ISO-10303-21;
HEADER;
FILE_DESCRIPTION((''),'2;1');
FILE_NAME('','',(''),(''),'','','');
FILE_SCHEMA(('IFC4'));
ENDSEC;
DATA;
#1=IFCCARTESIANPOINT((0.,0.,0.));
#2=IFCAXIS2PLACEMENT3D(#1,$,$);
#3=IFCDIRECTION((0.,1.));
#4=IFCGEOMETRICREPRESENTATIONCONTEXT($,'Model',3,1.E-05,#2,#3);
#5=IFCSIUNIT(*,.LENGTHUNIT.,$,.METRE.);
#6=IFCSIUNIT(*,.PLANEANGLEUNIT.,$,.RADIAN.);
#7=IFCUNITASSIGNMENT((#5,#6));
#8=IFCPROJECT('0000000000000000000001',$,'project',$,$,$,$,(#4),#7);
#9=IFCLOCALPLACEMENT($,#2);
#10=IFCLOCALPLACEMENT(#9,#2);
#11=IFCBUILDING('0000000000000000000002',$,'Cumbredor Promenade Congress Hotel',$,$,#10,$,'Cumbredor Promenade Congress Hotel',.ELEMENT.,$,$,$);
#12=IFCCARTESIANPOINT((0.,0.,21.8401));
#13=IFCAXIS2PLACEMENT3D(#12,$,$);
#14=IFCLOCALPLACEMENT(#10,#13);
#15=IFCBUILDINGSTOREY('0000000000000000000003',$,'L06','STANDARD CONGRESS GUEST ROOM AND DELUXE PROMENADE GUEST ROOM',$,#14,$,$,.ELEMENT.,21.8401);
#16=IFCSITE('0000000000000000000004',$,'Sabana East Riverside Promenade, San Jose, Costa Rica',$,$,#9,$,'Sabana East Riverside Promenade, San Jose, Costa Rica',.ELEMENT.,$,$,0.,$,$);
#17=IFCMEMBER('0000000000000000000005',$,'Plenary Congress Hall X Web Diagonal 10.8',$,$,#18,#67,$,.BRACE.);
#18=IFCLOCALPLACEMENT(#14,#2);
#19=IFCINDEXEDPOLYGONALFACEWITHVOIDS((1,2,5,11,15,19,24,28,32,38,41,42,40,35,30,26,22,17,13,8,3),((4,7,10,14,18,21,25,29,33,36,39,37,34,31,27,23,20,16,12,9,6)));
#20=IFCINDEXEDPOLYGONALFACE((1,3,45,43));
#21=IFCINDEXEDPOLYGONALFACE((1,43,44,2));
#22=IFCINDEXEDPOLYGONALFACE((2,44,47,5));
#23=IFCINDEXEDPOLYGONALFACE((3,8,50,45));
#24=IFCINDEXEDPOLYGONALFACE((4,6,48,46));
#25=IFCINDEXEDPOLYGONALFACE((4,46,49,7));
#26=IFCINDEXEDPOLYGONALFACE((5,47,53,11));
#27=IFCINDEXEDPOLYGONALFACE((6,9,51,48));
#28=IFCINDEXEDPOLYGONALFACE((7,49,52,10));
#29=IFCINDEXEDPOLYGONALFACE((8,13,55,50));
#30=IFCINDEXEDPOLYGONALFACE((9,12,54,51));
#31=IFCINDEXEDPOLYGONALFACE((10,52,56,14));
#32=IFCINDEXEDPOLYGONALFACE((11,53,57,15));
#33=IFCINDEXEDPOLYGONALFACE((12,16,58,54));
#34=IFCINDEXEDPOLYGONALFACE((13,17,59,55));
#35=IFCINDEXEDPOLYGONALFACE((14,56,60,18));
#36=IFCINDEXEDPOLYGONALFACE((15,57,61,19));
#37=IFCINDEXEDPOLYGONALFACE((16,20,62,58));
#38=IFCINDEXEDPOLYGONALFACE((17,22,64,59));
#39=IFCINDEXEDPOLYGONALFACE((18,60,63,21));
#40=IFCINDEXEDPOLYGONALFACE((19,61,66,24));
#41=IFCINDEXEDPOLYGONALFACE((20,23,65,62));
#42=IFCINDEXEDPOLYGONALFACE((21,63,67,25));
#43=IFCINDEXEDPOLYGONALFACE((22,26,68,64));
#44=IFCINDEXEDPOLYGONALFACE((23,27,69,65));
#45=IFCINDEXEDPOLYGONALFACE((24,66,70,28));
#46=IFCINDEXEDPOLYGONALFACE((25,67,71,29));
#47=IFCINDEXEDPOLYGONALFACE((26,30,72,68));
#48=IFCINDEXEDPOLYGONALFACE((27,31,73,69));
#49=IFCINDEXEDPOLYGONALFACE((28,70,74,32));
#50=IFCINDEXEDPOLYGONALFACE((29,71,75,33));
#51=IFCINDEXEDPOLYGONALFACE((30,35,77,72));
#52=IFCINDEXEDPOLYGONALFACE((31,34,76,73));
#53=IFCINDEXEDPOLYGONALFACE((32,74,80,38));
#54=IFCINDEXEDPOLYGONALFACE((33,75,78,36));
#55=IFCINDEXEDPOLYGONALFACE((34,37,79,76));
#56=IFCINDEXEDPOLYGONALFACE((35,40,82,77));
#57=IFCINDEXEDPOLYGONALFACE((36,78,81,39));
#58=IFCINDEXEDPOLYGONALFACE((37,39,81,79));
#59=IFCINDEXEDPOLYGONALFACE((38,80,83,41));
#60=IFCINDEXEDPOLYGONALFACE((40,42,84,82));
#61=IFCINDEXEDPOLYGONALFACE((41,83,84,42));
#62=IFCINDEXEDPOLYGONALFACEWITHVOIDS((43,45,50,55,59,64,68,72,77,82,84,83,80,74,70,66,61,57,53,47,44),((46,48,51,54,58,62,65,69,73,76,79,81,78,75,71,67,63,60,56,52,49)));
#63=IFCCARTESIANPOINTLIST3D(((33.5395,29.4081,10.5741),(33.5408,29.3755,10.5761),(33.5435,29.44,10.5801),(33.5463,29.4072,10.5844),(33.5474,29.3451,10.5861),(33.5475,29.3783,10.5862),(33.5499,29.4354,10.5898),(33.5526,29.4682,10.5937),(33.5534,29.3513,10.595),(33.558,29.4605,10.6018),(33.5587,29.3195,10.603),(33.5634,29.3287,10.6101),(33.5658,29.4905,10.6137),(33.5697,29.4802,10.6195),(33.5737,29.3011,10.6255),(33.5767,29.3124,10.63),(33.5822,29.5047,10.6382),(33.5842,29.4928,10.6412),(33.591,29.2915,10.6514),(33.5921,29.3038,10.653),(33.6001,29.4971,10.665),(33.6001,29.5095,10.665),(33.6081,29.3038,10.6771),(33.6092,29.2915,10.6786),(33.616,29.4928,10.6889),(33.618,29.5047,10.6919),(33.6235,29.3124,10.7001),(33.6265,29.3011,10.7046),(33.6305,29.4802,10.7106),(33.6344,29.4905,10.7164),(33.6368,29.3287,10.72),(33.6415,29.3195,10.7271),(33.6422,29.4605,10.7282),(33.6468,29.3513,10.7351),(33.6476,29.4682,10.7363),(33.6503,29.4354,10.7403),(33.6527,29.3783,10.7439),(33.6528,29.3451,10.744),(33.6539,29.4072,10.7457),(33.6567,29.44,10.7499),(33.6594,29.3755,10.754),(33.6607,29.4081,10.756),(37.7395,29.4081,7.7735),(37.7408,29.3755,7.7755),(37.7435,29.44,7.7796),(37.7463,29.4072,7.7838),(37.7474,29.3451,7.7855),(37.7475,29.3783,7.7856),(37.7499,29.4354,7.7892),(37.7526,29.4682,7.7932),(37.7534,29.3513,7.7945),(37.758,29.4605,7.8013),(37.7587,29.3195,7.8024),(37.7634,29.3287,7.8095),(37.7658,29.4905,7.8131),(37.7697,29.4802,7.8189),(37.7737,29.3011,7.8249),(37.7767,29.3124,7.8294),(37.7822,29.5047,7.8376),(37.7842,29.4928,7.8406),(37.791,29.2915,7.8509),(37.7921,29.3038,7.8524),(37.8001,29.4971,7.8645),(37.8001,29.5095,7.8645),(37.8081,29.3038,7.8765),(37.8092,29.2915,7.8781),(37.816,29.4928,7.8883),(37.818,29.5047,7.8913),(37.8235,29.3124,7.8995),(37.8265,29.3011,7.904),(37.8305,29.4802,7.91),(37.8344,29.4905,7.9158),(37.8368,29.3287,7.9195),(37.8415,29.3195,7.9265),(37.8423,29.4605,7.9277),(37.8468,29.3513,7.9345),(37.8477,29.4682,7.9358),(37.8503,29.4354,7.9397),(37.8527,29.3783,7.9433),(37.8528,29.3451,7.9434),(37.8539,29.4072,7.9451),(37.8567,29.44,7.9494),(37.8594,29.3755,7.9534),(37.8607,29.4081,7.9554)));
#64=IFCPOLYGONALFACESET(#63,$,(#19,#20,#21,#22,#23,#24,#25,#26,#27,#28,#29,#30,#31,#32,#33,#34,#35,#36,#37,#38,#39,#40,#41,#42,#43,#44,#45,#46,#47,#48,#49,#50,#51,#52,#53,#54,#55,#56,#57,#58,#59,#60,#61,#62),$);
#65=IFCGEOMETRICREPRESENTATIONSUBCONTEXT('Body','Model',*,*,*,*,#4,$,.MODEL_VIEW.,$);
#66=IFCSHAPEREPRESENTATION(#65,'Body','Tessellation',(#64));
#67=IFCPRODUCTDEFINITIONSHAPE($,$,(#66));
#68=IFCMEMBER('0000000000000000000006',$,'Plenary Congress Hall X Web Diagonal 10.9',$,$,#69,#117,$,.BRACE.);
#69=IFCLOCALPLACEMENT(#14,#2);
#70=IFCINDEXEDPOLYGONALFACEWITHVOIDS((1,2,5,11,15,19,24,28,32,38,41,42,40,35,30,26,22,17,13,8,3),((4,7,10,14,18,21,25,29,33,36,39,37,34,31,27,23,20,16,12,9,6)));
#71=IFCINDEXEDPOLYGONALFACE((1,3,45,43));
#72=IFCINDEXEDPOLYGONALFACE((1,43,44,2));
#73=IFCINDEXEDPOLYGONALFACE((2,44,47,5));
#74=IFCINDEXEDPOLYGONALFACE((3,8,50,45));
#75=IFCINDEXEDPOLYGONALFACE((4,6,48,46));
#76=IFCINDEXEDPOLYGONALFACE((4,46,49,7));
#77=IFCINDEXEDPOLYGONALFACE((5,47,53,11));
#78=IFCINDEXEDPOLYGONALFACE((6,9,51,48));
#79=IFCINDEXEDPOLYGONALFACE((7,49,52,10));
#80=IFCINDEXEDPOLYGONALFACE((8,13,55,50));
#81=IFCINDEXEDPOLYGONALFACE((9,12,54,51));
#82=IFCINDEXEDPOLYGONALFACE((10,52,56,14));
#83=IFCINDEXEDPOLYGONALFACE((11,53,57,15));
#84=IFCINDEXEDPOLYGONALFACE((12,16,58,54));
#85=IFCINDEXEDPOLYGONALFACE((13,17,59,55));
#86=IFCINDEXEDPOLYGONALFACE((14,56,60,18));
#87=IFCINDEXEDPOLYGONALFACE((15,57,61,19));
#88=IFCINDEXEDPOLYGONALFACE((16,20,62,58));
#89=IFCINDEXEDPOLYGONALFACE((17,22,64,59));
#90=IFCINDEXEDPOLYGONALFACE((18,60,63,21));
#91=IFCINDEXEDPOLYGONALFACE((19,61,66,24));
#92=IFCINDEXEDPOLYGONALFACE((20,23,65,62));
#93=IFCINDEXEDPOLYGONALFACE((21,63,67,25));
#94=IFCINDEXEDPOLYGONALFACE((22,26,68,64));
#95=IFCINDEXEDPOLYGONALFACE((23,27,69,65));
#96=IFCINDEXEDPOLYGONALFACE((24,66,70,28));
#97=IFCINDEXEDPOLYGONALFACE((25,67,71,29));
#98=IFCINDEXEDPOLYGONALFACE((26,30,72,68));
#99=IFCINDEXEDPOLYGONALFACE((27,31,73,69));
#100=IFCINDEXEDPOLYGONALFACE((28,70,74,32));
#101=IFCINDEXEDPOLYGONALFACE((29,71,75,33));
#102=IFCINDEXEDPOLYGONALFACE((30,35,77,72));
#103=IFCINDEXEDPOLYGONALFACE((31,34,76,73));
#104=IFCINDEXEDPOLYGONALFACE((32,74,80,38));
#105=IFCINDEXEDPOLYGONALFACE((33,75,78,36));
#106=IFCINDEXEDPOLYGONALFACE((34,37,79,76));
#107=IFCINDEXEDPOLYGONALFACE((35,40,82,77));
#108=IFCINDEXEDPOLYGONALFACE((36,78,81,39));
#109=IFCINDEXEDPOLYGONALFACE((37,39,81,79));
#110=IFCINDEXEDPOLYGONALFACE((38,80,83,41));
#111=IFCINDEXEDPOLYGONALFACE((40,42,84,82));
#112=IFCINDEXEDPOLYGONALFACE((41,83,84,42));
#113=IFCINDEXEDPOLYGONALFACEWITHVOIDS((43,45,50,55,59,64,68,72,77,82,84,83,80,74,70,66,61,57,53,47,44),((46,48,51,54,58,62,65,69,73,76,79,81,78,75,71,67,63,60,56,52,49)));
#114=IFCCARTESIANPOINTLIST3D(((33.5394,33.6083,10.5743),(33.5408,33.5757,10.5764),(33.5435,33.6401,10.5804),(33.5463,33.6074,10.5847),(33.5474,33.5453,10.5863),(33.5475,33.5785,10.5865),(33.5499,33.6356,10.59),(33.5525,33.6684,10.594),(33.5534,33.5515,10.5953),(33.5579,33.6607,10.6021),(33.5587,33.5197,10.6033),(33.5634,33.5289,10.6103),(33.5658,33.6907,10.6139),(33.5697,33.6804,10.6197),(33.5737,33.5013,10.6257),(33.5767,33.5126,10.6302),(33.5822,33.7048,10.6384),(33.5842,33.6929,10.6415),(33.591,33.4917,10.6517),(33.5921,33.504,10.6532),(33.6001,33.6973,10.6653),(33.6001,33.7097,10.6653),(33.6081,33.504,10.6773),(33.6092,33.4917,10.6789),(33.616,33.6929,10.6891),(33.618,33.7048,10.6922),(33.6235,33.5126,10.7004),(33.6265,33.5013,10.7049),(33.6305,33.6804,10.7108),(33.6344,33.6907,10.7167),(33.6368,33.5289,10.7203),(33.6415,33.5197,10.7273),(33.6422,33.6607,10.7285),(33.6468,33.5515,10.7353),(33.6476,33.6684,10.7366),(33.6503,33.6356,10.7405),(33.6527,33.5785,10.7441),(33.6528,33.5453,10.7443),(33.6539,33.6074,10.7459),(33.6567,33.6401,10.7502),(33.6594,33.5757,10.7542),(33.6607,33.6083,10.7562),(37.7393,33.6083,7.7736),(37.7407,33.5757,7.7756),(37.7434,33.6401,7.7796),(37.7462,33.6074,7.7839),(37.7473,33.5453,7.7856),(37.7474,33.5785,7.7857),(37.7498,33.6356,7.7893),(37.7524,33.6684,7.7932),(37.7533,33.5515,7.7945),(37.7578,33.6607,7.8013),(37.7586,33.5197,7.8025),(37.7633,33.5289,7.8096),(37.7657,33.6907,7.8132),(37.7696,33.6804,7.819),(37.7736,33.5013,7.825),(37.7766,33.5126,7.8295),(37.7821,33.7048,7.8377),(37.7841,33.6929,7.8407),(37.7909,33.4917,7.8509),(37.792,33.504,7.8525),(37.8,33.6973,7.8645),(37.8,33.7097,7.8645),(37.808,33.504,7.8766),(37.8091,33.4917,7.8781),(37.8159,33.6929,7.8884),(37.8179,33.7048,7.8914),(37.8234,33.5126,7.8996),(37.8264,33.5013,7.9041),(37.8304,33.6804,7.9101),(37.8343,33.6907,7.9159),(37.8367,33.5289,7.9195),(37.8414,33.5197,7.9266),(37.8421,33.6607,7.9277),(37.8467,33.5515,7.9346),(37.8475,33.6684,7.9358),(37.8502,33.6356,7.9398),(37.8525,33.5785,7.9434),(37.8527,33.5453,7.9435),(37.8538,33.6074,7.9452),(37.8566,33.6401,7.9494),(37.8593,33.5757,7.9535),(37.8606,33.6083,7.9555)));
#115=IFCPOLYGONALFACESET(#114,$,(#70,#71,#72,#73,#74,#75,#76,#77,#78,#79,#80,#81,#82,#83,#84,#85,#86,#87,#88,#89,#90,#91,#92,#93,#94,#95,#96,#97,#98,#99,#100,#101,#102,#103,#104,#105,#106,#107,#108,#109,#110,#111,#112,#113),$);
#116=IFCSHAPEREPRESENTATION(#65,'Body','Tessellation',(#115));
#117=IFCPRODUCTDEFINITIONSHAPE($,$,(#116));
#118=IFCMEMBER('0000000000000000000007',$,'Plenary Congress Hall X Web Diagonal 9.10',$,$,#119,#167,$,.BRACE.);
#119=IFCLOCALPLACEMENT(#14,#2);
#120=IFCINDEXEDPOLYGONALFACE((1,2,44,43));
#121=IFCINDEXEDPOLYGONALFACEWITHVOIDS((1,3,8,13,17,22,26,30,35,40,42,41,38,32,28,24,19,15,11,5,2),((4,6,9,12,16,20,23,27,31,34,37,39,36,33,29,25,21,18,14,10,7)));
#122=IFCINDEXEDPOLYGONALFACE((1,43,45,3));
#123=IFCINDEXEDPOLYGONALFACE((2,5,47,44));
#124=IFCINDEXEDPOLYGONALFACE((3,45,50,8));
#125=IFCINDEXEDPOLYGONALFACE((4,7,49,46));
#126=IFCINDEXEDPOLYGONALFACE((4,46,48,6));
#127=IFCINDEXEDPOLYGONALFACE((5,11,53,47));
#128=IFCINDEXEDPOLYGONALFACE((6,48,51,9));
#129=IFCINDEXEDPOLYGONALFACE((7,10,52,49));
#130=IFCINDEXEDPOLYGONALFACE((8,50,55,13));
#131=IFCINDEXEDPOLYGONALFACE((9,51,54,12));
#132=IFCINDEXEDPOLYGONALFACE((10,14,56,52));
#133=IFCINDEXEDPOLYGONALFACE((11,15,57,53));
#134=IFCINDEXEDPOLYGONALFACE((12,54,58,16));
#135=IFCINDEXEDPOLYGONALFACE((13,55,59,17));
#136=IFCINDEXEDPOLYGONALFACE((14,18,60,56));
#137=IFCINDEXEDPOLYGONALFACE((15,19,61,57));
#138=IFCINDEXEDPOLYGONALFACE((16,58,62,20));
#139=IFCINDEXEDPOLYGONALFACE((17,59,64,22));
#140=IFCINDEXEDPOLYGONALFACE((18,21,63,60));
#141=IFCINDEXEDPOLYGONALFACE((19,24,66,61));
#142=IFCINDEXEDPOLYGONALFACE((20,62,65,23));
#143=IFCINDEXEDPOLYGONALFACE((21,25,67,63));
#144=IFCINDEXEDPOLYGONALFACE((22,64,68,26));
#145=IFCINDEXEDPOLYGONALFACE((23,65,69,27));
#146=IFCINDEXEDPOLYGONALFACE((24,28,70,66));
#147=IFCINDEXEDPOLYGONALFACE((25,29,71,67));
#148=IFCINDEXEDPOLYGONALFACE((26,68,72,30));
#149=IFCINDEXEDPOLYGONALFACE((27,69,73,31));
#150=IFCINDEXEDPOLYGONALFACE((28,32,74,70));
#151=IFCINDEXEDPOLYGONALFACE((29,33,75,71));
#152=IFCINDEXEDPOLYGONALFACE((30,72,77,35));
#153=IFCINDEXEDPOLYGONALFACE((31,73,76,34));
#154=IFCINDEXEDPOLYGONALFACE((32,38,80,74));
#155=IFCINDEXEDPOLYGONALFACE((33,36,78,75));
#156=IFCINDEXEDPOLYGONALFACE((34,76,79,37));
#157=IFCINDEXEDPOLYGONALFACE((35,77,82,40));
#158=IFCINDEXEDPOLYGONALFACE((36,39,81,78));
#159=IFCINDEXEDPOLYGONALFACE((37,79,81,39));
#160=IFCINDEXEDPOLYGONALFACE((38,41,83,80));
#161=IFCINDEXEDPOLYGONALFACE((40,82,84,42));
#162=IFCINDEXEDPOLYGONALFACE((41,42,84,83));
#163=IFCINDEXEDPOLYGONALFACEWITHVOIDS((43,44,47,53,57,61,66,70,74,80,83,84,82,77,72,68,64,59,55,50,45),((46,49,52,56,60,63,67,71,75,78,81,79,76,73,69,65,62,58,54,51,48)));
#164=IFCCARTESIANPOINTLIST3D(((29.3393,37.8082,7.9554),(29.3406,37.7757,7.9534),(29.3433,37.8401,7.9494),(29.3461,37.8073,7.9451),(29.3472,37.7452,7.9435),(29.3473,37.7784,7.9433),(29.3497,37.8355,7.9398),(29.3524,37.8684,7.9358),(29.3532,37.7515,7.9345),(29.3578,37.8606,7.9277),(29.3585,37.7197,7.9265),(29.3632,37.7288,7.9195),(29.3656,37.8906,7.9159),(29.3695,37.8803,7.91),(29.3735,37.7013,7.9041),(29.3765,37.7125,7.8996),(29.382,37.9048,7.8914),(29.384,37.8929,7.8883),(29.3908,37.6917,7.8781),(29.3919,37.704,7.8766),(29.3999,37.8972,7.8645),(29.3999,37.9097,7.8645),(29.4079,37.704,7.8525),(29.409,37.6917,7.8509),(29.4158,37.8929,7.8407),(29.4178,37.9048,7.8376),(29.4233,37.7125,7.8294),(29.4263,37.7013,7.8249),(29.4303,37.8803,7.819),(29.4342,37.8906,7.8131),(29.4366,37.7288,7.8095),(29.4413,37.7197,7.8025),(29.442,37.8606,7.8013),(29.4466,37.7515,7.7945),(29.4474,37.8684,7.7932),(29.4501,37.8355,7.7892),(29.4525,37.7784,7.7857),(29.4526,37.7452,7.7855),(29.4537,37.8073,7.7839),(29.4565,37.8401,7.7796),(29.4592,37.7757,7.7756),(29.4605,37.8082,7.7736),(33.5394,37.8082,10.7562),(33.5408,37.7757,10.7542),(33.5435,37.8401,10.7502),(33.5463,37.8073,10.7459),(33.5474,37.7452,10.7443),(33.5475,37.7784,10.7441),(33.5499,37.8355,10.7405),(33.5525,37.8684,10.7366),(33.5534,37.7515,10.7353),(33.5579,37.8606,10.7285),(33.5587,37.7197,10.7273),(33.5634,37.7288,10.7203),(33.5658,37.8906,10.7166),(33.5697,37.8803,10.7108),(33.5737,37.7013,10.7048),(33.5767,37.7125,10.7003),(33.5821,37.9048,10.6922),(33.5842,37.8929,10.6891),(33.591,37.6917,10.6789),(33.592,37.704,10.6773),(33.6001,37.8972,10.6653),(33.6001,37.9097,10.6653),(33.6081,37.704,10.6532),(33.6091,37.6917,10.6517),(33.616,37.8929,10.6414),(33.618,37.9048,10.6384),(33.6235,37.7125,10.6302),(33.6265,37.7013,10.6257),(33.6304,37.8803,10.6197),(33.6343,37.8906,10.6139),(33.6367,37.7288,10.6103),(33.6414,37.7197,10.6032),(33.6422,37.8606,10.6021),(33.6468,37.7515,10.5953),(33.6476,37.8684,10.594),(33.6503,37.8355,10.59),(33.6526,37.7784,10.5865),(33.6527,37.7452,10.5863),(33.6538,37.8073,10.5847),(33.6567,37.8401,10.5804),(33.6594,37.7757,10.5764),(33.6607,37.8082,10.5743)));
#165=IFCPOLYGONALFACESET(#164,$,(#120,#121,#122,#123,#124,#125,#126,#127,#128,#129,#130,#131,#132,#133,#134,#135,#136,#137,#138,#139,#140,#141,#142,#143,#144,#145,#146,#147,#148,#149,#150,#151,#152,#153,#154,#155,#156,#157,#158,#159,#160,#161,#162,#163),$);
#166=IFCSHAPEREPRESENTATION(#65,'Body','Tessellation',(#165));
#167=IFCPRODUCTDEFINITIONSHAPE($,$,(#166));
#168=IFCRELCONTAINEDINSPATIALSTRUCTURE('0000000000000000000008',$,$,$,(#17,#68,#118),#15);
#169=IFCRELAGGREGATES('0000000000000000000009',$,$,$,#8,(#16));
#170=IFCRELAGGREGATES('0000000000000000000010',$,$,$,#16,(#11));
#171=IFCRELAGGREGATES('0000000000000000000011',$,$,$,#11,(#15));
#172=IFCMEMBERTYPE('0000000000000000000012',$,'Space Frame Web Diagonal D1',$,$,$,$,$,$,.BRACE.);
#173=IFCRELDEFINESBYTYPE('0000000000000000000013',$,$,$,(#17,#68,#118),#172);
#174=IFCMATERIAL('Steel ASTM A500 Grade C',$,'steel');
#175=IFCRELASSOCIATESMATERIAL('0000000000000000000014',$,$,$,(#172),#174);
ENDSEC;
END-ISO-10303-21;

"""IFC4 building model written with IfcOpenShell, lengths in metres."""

from ifc_helpers import new_model, si_unit, direction, frame, origin, origin_2d, place, context, subcontext, project, spatial, hollow_circle, extrude, material, material_profile, profile_set, type_object, element, save


model = new_model("IFC4")

# Units and contexts
model_context = context("Model", 3, precision=1e-05, world=origin(), true_north=direction((0.0, 1.0)))
body_context = subcontext(model_context, "Body", "Model", "MODEL_VIEW")
ifc_project = project(units=[si_unit("LENGTHUNIT", "METRE"), si_unit("PLANEANGLEUNIT", "RADIAN")], contexts=[model_context])

# Site, building, storey
site_placement = place(None, origin())
site = spatial("IfcSite", under=ifc_project, at=site_placement, Name="Sabana East Riverside Promenade, San Jose, Costa Rica", LongName="Sabana East Riverside Promenade, San Jose, Costa Rica", CompositionType="ELEMENT", RefElevation=0.0)
building_placement = place(site_placement, origin())
building = spatial("IfcBuilding", under=site, at=building_placement, Name="Cumbredor Promenade Congress Hotel", LongName="Cumbredor Promenade Congress Hotel", CompositionType="ELEMENT")
storey_placement = place(building_placement, frame((0.0, 0.0, 21.8401)))
storey = spatial("IfcBuildingStorey", under=building, at=storey_placement, Name="L06", Description="STANDARD CONGRESS GUEST ROOM AND DELUXE PROMENADE GUEST ROOM", CompositionType="ELEMENT", Elevation=21.8401)

# Members
ifc_material_1 = material(Name="Steel ASTM A500 Grade C", Category="steel")
ifc_material_profile_1 = material_profile(ifc_material_1, hollow_circle(Radius=0.1096, WallThickness=0.0125, at=origin_2d()), Name="CHS 219.1x12.5")
ifc_profile_set_1 = profile_set([ifc_material_profile_1], Name="Steel ASTM A500 Grade C")
member_type_1 = type_object("IfcMemberType", Name="Space Frame Web Diagonal D1", PredefinedType="BRACE", material=ifc_profile_set_1)
for number, where, z_axis, x_axis, name in (
    (1, (33.6001, 29.3999, 10.665), (0.831998, 0.0, -0.554778), (0.0, 1.0, 0.0), "Plenary Congress Hall X Web Diagonal 10.8"),
    (2, (33.6001, 33.6001, 10.6653), (0.831976, 0.0, -0.554812), (0.0, 1.0, 0.0), "Plenary Congress Hall X Web Diagonal 10.9"),
):
    element("IfcMember", number, at=place(storey_placement, frame(where, z_axis=z_axis, x_axis=x_axis)), inside=storey, type_object=member_type_1, Name=name, PredefinedType="BRACE", context=body_context, shape_type="SweptSolid", body=[
        extrude(hollow_circle(Radius=0.1096, WallThickness=0.0125, at=origin_2d()), origin(), (0.0, 0.0, 1.0), 5.0481),
    ])
member_1_placement = place(storey_placement, frame((29.3999, 37.8, 7.8645), z_axis=(0.831991, 0.0, 0.554789), x_axis=(0.0, 1.0, 0.0)))
element("IfcMember", 3, at=member_1_placement, inside=storey, type_object=member_type_1, Name="Plenary Congress Hall X Web Diagonal 9.10", PredefinedType="BRACE", context=body_context, shape_type="SweptSolid", body=[
    extrude(hollow_circle(Radius=0.1096, WallThickness=0.0125, at=origin_2d()), origin(), (0.0, 0.0, 1.0), 5.0483),
])

save(model, "model.ifc")
